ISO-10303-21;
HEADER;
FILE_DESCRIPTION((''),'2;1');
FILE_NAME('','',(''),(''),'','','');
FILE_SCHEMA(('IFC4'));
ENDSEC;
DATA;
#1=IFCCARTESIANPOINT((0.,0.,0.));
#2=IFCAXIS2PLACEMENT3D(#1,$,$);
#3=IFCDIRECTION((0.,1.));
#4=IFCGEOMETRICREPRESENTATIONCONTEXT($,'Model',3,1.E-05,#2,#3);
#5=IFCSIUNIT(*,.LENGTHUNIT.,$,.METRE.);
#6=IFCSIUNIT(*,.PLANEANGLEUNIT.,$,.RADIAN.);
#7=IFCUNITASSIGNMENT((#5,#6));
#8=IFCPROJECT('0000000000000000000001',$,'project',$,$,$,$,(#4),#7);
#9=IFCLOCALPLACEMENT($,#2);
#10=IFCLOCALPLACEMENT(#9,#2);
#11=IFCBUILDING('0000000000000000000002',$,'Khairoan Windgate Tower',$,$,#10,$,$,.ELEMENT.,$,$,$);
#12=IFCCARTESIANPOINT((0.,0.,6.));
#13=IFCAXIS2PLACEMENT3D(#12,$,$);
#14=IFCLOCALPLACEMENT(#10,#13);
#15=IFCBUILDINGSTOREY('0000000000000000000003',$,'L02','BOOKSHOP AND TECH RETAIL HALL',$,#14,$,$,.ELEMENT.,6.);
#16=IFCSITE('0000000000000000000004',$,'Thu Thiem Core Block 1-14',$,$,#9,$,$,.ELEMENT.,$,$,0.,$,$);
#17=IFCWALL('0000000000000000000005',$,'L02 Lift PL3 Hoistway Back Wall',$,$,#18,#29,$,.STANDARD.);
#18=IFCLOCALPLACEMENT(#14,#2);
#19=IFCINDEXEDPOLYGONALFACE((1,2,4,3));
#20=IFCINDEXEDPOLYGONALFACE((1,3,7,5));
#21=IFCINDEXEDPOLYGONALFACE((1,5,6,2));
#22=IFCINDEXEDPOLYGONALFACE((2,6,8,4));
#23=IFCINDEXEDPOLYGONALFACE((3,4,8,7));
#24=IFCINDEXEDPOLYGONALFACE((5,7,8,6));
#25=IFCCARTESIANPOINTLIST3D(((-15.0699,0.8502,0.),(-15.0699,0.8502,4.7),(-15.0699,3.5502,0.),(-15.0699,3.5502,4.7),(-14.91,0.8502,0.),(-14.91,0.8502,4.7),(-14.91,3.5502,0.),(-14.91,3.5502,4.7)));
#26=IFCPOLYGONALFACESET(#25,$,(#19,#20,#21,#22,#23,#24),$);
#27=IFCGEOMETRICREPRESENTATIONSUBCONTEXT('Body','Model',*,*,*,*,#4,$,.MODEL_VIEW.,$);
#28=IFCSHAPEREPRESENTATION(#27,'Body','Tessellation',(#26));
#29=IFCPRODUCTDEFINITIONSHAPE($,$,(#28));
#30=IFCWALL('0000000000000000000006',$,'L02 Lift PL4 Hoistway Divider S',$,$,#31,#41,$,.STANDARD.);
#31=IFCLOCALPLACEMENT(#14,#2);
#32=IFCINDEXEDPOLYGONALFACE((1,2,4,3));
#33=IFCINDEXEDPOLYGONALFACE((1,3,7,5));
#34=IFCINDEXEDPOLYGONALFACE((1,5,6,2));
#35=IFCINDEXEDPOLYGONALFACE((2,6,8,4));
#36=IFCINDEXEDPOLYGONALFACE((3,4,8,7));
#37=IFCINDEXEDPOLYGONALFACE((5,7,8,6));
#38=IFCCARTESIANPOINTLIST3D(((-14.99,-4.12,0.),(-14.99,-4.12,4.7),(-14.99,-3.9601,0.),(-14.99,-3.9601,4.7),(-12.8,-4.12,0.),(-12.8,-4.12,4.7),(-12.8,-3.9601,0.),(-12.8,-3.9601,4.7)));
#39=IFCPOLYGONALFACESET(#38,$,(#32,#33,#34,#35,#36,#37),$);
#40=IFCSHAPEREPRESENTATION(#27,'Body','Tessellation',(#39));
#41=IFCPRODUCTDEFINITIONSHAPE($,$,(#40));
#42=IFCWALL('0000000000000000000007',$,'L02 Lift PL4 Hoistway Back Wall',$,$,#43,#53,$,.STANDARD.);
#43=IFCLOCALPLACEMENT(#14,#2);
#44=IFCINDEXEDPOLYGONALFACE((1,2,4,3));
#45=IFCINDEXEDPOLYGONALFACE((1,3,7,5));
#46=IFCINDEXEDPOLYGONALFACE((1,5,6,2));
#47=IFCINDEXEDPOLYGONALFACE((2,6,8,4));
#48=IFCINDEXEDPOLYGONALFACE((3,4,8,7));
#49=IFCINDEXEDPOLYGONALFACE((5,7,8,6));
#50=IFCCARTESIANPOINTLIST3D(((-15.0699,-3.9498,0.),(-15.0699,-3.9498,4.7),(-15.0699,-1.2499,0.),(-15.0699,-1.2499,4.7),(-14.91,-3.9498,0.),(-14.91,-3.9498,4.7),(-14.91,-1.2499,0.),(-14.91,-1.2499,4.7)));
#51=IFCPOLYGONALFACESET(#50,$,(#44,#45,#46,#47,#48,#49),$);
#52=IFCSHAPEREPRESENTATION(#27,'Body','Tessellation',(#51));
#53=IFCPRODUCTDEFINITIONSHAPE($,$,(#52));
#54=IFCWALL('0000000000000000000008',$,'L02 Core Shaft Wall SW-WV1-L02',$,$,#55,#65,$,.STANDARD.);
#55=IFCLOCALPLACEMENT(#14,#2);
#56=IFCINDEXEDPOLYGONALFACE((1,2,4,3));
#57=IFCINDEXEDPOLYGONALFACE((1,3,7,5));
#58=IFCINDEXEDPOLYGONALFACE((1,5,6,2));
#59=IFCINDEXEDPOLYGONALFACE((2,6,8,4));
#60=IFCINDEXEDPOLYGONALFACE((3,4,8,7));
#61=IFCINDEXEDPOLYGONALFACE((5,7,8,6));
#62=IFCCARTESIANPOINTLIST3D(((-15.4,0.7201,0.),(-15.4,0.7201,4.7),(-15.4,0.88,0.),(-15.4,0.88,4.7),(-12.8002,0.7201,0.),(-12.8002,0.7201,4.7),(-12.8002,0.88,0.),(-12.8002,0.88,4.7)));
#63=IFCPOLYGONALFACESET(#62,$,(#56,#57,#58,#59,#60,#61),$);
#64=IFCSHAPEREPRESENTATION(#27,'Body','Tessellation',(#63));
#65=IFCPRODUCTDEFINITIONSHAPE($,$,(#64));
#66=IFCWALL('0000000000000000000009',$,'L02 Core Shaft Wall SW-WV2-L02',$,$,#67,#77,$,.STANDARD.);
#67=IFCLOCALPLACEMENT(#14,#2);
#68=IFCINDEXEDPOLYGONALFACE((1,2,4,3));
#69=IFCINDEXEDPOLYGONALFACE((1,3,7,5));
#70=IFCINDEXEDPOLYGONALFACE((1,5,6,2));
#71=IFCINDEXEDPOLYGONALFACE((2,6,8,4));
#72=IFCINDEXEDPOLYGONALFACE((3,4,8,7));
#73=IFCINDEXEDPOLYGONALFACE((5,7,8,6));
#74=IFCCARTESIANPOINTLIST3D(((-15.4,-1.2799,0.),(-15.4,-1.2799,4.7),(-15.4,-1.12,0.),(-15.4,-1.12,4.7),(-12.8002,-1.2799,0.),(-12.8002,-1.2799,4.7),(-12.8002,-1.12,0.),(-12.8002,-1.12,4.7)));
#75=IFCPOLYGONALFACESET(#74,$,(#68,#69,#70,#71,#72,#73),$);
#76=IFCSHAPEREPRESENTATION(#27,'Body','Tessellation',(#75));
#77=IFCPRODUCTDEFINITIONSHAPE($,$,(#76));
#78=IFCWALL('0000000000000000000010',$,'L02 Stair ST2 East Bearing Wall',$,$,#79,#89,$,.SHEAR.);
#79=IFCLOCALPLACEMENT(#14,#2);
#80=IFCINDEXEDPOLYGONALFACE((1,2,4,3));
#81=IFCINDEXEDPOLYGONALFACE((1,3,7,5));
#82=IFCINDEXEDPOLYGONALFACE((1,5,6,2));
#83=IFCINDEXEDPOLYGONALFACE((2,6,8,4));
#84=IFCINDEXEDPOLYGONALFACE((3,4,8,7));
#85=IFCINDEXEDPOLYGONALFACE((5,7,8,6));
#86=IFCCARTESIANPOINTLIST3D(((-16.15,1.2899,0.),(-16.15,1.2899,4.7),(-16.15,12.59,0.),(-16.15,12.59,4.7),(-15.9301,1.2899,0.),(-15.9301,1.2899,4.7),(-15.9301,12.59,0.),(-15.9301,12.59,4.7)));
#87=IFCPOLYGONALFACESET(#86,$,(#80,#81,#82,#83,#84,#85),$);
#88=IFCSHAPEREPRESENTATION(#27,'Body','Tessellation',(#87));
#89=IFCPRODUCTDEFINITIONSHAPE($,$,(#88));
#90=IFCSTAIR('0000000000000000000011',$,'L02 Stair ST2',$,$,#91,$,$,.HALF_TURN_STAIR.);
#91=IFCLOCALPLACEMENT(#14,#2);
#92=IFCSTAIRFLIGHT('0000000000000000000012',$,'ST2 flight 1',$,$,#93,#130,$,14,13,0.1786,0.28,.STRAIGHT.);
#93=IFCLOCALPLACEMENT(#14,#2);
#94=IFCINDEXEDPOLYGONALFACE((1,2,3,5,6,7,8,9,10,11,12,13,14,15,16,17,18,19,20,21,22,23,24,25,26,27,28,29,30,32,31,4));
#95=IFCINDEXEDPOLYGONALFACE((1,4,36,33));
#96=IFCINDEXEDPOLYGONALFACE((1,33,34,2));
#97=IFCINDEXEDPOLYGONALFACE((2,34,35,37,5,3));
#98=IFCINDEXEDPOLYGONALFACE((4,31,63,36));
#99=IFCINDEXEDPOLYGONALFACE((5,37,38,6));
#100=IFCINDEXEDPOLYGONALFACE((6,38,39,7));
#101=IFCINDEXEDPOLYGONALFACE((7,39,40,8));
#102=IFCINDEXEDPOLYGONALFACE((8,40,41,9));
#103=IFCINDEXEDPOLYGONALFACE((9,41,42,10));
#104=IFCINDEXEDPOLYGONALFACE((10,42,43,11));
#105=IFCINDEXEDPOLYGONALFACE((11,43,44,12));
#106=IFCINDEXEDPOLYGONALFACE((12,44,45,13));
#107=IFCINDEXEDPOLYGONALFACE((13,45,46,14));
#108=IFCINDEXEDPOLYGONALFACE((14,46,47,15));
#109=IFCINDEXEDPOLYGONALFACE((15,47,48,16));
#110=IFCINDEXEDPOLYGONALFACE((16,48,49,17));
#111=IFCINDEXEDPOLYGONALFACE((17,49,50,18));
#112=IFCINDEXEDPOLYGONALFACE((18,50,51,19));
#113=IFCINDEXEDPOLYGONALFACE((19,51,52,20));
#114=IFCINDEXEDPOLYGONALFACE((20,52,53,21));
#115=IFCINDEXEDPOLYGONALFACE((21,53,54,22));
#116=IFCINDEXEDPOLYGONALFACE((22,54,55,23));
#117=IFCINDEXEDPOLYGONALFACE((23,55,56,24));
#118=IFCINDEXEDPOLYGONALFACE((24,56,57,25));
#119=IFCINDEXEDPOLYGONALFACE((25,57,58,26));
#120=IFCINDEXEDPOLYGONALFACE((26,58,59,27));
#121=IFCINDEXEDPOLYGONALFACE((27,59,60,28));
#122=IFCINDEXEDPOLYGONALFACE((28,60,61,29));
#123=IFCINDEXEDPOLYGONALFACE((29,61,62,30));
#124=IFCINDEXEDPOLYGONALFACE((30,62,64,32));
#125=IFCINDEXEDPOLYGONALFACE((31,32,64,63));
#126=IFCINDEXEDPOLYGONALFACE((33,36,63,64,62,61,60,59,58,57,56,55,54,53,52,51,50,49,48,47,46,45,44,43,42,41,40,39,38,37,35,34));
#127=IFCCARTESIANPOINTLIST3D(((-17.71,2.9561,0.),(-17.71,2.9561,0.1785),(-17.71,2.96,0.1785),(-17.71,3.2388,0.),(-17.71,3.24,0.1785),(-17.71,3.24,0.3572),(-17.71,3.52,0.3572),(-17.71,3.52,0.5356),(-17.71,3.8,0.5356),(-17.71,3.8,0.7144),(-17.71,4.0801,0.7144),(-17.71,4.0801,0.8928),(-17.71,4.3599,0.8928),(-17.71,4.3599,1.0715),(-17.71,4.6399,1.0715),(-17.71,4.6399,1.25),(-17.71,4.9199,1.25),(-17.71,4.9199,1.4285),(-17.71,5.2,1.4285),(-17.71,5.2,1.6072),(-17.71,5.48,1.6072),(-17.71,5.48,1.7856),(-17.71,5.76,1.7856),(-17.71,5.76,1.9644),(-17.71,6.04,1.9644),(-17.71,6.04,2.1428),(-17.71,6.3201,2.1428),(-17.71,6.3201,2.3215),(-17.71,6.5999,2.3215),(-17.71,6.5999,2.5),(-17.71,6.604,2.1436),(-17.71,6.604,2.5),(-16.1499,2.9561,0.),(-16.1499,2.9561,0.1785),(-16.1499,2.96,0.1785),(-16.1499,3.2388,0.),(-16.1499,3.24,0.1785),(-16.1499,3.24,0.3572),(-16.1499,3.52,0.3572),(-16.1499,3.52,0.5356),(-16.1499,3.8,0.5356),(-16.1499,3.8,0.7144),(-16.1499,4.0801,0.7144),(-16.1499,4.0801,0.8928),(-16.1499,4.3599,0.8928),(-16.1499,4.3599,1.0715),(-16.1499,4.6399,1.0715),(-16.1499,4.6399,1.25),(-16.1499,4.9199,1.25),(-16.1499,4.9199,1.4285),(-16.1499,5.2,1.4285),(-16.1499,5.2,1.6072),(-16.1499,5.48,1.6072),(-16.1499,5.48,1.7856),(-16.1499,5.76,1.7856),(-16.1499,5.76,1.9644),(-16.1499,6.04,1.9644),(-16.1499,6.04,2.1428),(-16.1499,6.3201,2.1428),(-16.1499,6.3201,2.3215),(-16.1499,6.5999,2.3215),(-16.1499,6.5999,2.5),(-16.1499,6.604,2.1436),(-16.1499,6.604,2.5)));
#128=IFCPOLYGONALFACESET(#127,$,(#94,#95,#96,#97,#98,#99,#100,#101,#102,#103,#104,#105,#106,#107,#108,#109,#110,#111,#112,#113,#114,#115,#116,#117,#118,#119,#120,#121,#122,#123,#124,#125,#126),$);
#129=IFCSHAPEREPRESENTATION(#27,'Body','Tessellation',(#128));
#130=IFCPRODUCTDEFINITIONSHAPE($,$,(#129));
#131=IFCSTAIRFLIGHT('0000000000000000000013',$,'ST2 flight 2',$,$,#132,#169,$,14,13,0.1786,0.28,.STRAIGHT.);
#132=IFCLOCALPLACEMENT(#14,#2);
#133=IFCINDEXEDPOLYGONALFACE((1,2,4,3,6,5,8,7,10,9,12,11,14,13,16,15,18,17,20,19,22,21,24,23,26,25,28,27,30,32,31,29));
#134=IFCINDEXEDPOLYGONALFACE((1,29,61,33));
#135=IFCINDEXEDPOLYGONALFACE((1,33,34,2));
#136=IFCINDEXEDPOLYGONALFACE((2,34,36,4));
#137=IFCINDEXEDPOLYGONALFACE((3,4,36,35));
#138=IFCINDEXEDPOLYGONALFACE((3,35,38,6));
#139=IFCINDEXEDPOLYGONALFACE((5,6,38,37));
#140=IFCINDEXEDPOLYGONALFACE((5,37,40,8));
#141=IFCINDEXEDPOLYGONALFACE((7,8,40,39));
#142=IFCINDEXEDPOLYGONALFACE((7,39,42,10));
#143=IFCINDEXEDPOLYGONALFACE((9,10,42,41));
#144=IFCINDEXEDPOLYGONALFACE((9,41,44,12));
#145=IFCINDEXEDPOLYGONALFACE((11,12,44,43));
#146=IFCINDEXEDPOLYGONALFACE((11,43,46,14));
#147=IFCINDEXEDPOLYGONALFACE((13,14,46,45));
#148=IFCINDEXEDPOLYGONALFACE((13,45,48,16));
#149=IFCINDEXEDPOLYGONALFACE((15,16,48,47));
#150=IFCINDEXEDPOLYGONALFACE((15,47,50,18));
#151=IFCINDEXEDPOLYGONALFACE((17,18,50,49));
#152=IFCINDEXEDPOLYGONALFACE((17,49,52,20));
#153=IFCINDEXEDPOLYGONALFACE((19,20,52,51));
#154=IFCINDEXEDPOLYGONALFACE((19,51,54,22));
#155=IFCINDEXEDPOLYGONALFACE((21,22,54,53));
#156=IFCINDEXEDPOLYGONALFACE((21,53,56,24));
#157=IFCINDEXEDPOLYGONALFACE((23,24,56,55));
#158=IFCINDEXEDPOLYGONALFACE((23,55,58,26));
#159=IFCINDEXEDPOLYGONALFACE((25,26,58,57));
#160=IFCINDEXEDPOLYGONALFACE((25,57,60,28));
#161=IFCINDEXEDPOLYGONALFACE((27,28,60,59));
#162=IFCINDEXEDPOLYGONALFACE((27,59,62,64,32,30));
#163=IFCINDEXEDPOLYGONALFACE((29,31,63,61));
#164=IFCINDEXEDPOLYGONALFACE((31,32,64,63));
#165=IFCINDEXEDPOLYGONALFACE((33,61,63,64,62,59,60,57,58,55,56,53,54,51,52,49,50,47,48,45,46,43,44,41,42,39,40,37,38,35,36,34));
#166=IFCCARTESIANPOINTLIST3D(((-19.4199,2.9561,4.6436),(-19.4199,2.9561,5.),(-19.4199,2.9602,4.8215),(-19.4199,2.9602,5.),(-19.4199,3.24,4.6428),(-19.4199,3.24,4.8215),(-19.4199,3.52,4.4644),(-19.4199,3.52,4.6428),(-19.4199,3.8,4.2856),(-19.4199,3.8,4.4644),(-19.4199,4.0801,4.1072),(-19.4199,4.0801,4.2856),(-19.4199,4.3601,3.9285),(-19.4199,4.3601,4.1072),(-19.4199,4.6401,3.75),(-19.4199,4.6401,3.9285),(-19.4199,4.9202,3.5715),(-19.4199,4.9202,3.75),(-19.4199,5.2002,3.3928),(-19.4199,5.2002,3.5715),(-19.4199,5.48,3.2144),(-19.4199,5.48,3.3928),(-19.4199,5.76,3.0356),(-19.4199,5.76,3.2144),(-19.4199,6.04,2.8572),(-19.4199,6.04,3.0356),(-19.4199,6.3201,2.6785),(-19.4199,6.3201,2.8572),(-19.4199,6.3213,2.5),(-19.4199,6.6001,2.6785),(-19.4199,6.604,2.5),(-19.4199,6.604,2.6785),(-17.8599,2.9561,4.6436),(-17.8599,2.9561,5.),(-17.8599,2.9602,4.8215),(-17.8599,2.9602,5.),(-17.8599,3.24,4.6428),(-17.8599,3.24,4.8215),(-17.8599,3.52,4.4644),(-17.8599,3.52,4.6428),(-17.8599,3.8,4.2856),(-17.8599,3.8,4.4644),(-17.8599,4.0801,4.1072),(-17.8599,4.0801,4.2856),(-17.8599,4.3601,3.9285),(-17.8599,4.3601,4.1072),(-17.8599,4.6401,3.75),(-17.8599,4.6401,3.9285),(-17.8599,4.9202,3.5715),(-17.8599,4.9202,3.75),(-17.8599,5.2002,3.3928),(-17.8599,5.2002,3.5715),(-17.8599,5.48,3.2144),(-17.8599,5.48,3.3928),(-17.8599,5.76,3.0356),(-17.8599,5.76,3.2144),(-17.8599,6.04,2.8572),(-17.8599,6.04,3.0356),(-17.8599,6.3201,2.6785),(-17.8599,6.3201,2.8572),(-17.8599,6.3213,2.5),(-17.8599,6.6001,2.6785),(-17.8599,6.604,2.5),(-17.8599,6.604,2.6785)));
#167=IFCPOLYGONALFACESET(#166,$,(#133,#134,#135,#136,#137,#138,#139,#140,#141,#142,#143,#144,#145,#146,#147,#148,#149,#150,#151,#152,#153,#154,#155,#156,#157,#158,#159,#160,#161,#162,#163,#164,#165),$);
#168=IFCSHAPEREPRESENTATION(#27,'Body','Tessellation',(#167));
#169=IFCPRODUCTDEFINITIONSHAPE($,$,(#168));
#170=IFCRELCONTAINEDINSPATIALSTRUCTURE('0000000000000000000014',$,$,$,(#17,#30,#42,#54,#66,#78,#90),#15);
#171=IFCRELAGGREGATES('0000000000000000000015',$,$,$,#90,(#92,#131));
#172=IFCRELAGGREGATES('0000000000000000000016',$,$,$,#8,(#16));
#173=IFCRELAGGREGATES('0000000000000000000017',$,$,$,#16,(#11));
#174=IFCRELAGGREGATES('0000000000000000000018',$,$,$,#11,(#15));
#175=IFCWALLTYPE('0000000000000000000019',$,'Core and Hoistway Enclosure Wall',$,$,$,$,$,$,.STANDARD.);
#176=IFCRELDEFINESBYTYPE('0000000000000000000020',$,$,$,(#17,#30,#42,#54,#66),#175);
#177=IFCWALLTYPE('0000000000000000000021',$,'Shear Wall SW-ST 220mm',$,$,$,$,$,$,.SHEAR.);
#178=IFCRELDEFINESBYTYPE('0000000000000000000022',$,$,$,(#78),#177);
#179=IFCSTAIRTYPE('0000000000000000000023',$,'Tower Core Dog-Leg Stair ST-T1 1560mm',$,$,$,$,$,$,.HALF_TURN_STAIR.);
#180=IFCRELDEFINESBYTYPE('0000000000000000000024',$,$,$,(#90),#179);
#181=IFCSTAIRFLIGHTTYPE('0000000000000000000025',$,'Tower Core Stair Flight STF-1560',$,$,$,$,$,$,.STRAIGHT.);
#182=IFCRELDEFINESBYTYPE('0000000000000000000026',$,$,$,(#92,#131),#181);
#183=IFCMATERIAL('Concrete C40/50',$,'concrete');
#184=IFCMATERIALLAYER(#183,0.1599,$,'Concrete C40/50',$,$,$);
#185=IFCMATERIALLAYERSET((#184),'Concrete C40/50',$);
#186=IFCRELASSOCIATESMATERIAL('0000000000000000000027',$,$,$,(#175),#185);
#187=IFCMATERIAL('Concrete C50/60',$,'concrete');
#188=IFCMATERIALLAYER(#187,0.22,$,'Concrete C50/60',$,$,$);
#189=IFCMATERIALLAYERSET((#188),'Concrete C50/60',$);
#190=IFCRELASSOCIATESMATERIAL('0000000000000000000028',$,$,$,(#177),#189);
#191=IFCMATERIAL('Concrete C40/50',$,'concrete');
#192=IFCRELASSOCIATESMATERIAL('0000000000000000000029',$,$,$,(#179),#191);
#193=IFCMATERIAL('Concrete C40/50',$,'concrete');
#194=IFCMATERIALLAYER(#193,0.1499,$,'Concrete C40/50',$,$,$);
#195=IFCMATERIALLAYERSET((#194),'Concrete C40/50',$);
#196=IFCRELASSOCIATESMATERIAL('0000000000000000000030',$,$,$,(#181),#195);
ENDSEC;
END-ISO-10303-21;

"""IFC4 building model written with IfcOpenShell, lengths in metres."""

from ifc_helpers import new_model, si_unit, direction, frame, frame_2d, origin, place, context, subcontext, project, spatial, polyline, rectangle, outline, extrude, material, layer, layer_set, type_object, element, aggregate, save


model = new_model("IFC4")

# Units and contexts
model_context = context("Model", 3, precision=1e-05, world=origin(), true_north=direction((0.0, 1.0)))
body_context = subcontext(model_context, "Body", "Model", "MODEL_VIEW")
ifc_project = project(units=[si_unit("LENGTHUNIT", "METRE"), si_unit("PLANEANGLEUNIT", "RADIAN")], contexts=[model_context])

# Site, building, storey
site_placement = place(None, origin())
site = spatial("IfcSite", under=ifc_project, at=site_placement, Name="Thu Thiem Core Block 1-14", CompositionType="ELEMENT", RefElevation=0.0)
building_placement = place(site_placement, origin())
building = spatial("IfcBuilding", under=site, at=building_placement, Name="Khairoan Windgate Tower", CompositionType="ELEMENT")
storey_placement = place(building_placement, frame((0.0, 0.0, 6.0)))
storey = spatial("IfcBuildingStorey", under=building, at=storey_placement, Name="L02", Description="BOOKSHOP AND TECH RETAIL HALL", CompositionType="ELEMENT", Elevation=6.0)

# Walls
ifc_material_1 = material(Name="Concrete C40/50", Category="concrete")
ifc_layer_1 = layer(ifc_material_1, 0.1599, Name="Concrete C40/50")
ifc_layer_set_1 = layer_set([ifc_layer_1], Name="Concrete C40/50")
wall_type_1 = type_object("IfcWallType", Name="Core and Hoistway Enclosure Wall", PredefinedType="STANDARD", material=ifc_layer_set_1)
wall_1_placement = place(storey_placement, frame((-14.99, 0.8501, 0.0), z_axis=(0.0, 0.0, 1.0), x_axis=(0.0, 1.0, 0.0)))
element("IfcWall", 1, at=wall_1_placement, inside=storey, type_object=wall_type_1, Name="L02 Lift PL3 Hoistway Back Wall", PredefinedType="STANDARD", context=body_context, shape_type="SweptSolid", body=[
    extrude(rectangle(XDim=2.7, YDim=0.1599, at=frame_2d((1.3501, 0.0))), origin(), (0.0, 0.0, 1.0), 4.7),
])
wall_2_placement = place(storey_placement, frame((-14.99, -4.04, 0.0), z_axis=(0.0, 0.0, 1.0), x_axis=(1.0, 0.0, 0.0)))
element("IfcWall", 2, at=wall_2_placement, inside=storey, type_object=wall_type_1, Name="L02 Lift PL4 Hoistway Divider S", PredefinedType="STANDARD", context=body_context, shape_type="SweptSolid", body=[
    extrude(rectangle(XDim=2.1899, YDim=0.1599, at=frame_2d((1.095, 0.0))), origin(), (0.0, 0.0, 1.0), 4.7),
])
wall_3_placement = place(storey_placement, frame((-14.99, -3.95, 0.0), z_axis=(0.0, 0.0, 1.0), x_axis=(0.0, 1.0, 0.0)))
element("IfcWall", 3, at=wall_3_placement, inside=storey, type_object=wall_type_1, Name="L02 Lift PL4 Hoistway Back Wall", PredefinedType="STANDARD", context=body_context, shape_type="SweptSolid", body=[
    extrude(rectangle(XDim=2.7, YDim=0.1599, at=frame_2d((1.3501, 0.0))), origin(), (0.0, 0.0, 1.0), 4.7),
])
for number, where, z_axis, x_axis, name in (
    (4, (-15.3999, 0.8, 0.0), (0.0, 0.0, 1.0), (1.0, 0.0, 0.0), "L02 Core Shaft Wall SW-WV1-L02"),
    (5, (-15.3999, -1.2, 0.0), (0.0, 0.0, 1.0), (1.0, 0.0, 0.0), "L02 Core Shaft Wall SW-WV2-L02"),
):
    element("IfcWall", number, at=place(storey_placement, frame(where, z_axis=z_axis, x_axis=x_axis)), inside=storey, type_object=wall_type_1, Name=name, PredefinedType="STANDARD", context=body_context, shape_type="SweptSolid", body=[
        extrude(rectangle(XDim=2.5999, YDim=0.1599, at=frame_2d((1.2998, 0.0))), origin(), (0.0, 0.0, 1.0), 4.7),
    ])
ifc_material_2 = material(Name="Concrete C50/60", Category="concrete")
ifc_layer_2 = layer(ifc_material_2, 0.22, Name="Concrete C50/60")
ifc_layer_set_2 = layer_set([ifc_layer_2], Name="Concrete C50/60")
wall_type_2 = type_object("IfcWallType", Name="Shear Wall SW-ST 220mm", PredefinedType="SHEAR", material=ifc_layer_set_2)
wall_4_placement = place(storey_placement, frame((-16.04, 1.29, 0.0), z_axis=(0.0, 0.0, 1.0), x_axis=(0.0, 1.0, 0.0)))
element("IfcWall", 6, at=wall_4_placement, inside=storey, type_object=wall_type_2, Name="L02 Stair ST2 East Bearing Wall", PredefinedType="SHEAR", context=body_context, shape_type="SweptSolid", body=[
    extrude(rectangle(XDim=11.3, YDim=0.22, at=frame_2d((5.6499, 0.0))), origin(), (0.0, 0.0, 1.0), 4.7),
])

# Stair, stair flights
ifc_material_3 = material(Name="Concrete C40/50", Category="concrete")
stair_type = type_object("IfcStairType", Name="Tower Core Dog-Leg Stair ST-T1 1560mm", PredefinedType="HALF_TURN_STAIR", material=ifc_material_3)
stair_placement = place(storey_placement, origin())
stair = element("IfcStair", 7, at=stair_placement, inside=storey, type_object=stair_type, Name="L02 Stair ST2", PredefinedType="HALF_TURN_STAIR")
ifc_material_4 = material(Name="Concrete C40/50", Category="concrete")
ifc_layer_3 = layer(ifc_material_4, 0.1499, Name="Concrete C40/50")
ifc_layer_set_3 = layer_set([ifc_layer_3], Name="Concrete C40/50")
stair_flight_type = type_object("IfcStairFlightType", Name="Tower Core Stair Flight STF-1560", PredefinedType="STRAIGHT", material=ifc_layer_set_3)
stair_flight_1_placement = place(storey_placement, frame((-16.9299, 2.96, 0.0), z_axis=(0.0, 0.0, 1.0), x_axis=(0.0, 1.0, 0.0)))
stair_flight_1 = element("IfcStairFlight", 8, at=stair_flight_1_placement, type_object=stair_flight_type, Name="ST2 flight 1", NumberOfRisers=14, NumberOfTreads=13, PredefinedType="STRAIGHT", RiserHeight=0.1786, TreadLength=0.28, context=body_context, shape_type="SweptSolid", body=[
    extrude(outline(polyline([(-0.0039, 0.0), (-0.0039, 0.1785), (0.0, 0.1785), (0.28, 0.1785), (0.28, 0.3572), (0.5601, 0.3572), (0.5601, 0.5356), (0.8401, 0.5356), (0.8401, 0.7144), (1.1201, 0.7144), (1.1201, 0.8928), (1.3999, 0.8928), (1.3999, 1.0715), (1.6799, 1.0715), (1.6799, 1.25), (1.96, 1.25), (1.96, 1.4285), (2.24, 1.4285), (2.24, 1.6072), (2.52, 1.6072), (2.52, 1.7856), (2.8, 1.7856), (2.8, 1.9644), (3.0801, 1.9644), (3.0801, 2.1428), (3.3601, 2.1428), (3.3601, 2.3215), (3.6399, 2.3215), (3.6399, 2.5), (3.644, 2.5), (3.644, 2.1436), (0.2788, 0.0), (-0.0039, 0.0)])), frame((0.0, 0.78, 0.0), z_axis=(0.0, -1.0, 0.0), x_axis=(1.0, 0.0, 0.0)), (0.0, 0.0, 1.0), 1.5601),
])
stair_flight_2_placement = place(storey_placement, frame((-18.6399, 6.6001, 2.5), z_axis=(0.0, 0.0, 1.0), x_axis=(0.0, -1.0, 0.0)))
stair_flight_2 = element("IfcStairFlight", 9, at=stair_flight_2_placement, type_object=stair_flight_type, Name="ST2 flight 2", NumberOfRisers=14, NumberOfTreads=13, PredefinedType="STRAIGHT", RiserHeight=0.1786, TreadLength=0.28, context=body_context, shape_type="SweptSolid", body=[
    extrude(outline(polyline([(-0.0039, 0.0), (-0.0039, 0.1785), (0.0, 0.1785), (0.28, 0.1785), (0.28, 0.3572), (0.5601, 0.3572), (0.5601, 0.5356), (0.8401, 0.5356), (0.8401, 0.7144), (1.1201, 0.7144), (1.1201, 0.8928), (1.3999, 0.8928), (1.3999, 1.0715), (1.6799, 1.0715), (1.6799, 1.25), (1.96, 1.25), (1.96, 1.4285), (2.24, 1.4285), (2.24, 1.6072), (2.52, 1.6072), (2.52, 1.7856), (2.8, 1.7856), (2.8, 1.9644), (3.0801, 1.9644), (3.0801, 2.1428), (3.3601, 2.1428), (3.3601, 2.3215), (3.6399, 2.3215), (3.6399, 2.5), (3.644, 2.5), (3.644, 2.1436), (0.2788, 0.0), (-0.0039, 0.0)])), frame((0.0, 0.78, 0.0), z_axis=(0.0, -1.0, 0.0), x_axis=(1.0, 0.0, 0.0)), (0.0, 0.0, 1.0), 1.5601),
])
aggregate(stair, [stair_flight_1, stair_flight_2])

save(model, "model.ifc")
